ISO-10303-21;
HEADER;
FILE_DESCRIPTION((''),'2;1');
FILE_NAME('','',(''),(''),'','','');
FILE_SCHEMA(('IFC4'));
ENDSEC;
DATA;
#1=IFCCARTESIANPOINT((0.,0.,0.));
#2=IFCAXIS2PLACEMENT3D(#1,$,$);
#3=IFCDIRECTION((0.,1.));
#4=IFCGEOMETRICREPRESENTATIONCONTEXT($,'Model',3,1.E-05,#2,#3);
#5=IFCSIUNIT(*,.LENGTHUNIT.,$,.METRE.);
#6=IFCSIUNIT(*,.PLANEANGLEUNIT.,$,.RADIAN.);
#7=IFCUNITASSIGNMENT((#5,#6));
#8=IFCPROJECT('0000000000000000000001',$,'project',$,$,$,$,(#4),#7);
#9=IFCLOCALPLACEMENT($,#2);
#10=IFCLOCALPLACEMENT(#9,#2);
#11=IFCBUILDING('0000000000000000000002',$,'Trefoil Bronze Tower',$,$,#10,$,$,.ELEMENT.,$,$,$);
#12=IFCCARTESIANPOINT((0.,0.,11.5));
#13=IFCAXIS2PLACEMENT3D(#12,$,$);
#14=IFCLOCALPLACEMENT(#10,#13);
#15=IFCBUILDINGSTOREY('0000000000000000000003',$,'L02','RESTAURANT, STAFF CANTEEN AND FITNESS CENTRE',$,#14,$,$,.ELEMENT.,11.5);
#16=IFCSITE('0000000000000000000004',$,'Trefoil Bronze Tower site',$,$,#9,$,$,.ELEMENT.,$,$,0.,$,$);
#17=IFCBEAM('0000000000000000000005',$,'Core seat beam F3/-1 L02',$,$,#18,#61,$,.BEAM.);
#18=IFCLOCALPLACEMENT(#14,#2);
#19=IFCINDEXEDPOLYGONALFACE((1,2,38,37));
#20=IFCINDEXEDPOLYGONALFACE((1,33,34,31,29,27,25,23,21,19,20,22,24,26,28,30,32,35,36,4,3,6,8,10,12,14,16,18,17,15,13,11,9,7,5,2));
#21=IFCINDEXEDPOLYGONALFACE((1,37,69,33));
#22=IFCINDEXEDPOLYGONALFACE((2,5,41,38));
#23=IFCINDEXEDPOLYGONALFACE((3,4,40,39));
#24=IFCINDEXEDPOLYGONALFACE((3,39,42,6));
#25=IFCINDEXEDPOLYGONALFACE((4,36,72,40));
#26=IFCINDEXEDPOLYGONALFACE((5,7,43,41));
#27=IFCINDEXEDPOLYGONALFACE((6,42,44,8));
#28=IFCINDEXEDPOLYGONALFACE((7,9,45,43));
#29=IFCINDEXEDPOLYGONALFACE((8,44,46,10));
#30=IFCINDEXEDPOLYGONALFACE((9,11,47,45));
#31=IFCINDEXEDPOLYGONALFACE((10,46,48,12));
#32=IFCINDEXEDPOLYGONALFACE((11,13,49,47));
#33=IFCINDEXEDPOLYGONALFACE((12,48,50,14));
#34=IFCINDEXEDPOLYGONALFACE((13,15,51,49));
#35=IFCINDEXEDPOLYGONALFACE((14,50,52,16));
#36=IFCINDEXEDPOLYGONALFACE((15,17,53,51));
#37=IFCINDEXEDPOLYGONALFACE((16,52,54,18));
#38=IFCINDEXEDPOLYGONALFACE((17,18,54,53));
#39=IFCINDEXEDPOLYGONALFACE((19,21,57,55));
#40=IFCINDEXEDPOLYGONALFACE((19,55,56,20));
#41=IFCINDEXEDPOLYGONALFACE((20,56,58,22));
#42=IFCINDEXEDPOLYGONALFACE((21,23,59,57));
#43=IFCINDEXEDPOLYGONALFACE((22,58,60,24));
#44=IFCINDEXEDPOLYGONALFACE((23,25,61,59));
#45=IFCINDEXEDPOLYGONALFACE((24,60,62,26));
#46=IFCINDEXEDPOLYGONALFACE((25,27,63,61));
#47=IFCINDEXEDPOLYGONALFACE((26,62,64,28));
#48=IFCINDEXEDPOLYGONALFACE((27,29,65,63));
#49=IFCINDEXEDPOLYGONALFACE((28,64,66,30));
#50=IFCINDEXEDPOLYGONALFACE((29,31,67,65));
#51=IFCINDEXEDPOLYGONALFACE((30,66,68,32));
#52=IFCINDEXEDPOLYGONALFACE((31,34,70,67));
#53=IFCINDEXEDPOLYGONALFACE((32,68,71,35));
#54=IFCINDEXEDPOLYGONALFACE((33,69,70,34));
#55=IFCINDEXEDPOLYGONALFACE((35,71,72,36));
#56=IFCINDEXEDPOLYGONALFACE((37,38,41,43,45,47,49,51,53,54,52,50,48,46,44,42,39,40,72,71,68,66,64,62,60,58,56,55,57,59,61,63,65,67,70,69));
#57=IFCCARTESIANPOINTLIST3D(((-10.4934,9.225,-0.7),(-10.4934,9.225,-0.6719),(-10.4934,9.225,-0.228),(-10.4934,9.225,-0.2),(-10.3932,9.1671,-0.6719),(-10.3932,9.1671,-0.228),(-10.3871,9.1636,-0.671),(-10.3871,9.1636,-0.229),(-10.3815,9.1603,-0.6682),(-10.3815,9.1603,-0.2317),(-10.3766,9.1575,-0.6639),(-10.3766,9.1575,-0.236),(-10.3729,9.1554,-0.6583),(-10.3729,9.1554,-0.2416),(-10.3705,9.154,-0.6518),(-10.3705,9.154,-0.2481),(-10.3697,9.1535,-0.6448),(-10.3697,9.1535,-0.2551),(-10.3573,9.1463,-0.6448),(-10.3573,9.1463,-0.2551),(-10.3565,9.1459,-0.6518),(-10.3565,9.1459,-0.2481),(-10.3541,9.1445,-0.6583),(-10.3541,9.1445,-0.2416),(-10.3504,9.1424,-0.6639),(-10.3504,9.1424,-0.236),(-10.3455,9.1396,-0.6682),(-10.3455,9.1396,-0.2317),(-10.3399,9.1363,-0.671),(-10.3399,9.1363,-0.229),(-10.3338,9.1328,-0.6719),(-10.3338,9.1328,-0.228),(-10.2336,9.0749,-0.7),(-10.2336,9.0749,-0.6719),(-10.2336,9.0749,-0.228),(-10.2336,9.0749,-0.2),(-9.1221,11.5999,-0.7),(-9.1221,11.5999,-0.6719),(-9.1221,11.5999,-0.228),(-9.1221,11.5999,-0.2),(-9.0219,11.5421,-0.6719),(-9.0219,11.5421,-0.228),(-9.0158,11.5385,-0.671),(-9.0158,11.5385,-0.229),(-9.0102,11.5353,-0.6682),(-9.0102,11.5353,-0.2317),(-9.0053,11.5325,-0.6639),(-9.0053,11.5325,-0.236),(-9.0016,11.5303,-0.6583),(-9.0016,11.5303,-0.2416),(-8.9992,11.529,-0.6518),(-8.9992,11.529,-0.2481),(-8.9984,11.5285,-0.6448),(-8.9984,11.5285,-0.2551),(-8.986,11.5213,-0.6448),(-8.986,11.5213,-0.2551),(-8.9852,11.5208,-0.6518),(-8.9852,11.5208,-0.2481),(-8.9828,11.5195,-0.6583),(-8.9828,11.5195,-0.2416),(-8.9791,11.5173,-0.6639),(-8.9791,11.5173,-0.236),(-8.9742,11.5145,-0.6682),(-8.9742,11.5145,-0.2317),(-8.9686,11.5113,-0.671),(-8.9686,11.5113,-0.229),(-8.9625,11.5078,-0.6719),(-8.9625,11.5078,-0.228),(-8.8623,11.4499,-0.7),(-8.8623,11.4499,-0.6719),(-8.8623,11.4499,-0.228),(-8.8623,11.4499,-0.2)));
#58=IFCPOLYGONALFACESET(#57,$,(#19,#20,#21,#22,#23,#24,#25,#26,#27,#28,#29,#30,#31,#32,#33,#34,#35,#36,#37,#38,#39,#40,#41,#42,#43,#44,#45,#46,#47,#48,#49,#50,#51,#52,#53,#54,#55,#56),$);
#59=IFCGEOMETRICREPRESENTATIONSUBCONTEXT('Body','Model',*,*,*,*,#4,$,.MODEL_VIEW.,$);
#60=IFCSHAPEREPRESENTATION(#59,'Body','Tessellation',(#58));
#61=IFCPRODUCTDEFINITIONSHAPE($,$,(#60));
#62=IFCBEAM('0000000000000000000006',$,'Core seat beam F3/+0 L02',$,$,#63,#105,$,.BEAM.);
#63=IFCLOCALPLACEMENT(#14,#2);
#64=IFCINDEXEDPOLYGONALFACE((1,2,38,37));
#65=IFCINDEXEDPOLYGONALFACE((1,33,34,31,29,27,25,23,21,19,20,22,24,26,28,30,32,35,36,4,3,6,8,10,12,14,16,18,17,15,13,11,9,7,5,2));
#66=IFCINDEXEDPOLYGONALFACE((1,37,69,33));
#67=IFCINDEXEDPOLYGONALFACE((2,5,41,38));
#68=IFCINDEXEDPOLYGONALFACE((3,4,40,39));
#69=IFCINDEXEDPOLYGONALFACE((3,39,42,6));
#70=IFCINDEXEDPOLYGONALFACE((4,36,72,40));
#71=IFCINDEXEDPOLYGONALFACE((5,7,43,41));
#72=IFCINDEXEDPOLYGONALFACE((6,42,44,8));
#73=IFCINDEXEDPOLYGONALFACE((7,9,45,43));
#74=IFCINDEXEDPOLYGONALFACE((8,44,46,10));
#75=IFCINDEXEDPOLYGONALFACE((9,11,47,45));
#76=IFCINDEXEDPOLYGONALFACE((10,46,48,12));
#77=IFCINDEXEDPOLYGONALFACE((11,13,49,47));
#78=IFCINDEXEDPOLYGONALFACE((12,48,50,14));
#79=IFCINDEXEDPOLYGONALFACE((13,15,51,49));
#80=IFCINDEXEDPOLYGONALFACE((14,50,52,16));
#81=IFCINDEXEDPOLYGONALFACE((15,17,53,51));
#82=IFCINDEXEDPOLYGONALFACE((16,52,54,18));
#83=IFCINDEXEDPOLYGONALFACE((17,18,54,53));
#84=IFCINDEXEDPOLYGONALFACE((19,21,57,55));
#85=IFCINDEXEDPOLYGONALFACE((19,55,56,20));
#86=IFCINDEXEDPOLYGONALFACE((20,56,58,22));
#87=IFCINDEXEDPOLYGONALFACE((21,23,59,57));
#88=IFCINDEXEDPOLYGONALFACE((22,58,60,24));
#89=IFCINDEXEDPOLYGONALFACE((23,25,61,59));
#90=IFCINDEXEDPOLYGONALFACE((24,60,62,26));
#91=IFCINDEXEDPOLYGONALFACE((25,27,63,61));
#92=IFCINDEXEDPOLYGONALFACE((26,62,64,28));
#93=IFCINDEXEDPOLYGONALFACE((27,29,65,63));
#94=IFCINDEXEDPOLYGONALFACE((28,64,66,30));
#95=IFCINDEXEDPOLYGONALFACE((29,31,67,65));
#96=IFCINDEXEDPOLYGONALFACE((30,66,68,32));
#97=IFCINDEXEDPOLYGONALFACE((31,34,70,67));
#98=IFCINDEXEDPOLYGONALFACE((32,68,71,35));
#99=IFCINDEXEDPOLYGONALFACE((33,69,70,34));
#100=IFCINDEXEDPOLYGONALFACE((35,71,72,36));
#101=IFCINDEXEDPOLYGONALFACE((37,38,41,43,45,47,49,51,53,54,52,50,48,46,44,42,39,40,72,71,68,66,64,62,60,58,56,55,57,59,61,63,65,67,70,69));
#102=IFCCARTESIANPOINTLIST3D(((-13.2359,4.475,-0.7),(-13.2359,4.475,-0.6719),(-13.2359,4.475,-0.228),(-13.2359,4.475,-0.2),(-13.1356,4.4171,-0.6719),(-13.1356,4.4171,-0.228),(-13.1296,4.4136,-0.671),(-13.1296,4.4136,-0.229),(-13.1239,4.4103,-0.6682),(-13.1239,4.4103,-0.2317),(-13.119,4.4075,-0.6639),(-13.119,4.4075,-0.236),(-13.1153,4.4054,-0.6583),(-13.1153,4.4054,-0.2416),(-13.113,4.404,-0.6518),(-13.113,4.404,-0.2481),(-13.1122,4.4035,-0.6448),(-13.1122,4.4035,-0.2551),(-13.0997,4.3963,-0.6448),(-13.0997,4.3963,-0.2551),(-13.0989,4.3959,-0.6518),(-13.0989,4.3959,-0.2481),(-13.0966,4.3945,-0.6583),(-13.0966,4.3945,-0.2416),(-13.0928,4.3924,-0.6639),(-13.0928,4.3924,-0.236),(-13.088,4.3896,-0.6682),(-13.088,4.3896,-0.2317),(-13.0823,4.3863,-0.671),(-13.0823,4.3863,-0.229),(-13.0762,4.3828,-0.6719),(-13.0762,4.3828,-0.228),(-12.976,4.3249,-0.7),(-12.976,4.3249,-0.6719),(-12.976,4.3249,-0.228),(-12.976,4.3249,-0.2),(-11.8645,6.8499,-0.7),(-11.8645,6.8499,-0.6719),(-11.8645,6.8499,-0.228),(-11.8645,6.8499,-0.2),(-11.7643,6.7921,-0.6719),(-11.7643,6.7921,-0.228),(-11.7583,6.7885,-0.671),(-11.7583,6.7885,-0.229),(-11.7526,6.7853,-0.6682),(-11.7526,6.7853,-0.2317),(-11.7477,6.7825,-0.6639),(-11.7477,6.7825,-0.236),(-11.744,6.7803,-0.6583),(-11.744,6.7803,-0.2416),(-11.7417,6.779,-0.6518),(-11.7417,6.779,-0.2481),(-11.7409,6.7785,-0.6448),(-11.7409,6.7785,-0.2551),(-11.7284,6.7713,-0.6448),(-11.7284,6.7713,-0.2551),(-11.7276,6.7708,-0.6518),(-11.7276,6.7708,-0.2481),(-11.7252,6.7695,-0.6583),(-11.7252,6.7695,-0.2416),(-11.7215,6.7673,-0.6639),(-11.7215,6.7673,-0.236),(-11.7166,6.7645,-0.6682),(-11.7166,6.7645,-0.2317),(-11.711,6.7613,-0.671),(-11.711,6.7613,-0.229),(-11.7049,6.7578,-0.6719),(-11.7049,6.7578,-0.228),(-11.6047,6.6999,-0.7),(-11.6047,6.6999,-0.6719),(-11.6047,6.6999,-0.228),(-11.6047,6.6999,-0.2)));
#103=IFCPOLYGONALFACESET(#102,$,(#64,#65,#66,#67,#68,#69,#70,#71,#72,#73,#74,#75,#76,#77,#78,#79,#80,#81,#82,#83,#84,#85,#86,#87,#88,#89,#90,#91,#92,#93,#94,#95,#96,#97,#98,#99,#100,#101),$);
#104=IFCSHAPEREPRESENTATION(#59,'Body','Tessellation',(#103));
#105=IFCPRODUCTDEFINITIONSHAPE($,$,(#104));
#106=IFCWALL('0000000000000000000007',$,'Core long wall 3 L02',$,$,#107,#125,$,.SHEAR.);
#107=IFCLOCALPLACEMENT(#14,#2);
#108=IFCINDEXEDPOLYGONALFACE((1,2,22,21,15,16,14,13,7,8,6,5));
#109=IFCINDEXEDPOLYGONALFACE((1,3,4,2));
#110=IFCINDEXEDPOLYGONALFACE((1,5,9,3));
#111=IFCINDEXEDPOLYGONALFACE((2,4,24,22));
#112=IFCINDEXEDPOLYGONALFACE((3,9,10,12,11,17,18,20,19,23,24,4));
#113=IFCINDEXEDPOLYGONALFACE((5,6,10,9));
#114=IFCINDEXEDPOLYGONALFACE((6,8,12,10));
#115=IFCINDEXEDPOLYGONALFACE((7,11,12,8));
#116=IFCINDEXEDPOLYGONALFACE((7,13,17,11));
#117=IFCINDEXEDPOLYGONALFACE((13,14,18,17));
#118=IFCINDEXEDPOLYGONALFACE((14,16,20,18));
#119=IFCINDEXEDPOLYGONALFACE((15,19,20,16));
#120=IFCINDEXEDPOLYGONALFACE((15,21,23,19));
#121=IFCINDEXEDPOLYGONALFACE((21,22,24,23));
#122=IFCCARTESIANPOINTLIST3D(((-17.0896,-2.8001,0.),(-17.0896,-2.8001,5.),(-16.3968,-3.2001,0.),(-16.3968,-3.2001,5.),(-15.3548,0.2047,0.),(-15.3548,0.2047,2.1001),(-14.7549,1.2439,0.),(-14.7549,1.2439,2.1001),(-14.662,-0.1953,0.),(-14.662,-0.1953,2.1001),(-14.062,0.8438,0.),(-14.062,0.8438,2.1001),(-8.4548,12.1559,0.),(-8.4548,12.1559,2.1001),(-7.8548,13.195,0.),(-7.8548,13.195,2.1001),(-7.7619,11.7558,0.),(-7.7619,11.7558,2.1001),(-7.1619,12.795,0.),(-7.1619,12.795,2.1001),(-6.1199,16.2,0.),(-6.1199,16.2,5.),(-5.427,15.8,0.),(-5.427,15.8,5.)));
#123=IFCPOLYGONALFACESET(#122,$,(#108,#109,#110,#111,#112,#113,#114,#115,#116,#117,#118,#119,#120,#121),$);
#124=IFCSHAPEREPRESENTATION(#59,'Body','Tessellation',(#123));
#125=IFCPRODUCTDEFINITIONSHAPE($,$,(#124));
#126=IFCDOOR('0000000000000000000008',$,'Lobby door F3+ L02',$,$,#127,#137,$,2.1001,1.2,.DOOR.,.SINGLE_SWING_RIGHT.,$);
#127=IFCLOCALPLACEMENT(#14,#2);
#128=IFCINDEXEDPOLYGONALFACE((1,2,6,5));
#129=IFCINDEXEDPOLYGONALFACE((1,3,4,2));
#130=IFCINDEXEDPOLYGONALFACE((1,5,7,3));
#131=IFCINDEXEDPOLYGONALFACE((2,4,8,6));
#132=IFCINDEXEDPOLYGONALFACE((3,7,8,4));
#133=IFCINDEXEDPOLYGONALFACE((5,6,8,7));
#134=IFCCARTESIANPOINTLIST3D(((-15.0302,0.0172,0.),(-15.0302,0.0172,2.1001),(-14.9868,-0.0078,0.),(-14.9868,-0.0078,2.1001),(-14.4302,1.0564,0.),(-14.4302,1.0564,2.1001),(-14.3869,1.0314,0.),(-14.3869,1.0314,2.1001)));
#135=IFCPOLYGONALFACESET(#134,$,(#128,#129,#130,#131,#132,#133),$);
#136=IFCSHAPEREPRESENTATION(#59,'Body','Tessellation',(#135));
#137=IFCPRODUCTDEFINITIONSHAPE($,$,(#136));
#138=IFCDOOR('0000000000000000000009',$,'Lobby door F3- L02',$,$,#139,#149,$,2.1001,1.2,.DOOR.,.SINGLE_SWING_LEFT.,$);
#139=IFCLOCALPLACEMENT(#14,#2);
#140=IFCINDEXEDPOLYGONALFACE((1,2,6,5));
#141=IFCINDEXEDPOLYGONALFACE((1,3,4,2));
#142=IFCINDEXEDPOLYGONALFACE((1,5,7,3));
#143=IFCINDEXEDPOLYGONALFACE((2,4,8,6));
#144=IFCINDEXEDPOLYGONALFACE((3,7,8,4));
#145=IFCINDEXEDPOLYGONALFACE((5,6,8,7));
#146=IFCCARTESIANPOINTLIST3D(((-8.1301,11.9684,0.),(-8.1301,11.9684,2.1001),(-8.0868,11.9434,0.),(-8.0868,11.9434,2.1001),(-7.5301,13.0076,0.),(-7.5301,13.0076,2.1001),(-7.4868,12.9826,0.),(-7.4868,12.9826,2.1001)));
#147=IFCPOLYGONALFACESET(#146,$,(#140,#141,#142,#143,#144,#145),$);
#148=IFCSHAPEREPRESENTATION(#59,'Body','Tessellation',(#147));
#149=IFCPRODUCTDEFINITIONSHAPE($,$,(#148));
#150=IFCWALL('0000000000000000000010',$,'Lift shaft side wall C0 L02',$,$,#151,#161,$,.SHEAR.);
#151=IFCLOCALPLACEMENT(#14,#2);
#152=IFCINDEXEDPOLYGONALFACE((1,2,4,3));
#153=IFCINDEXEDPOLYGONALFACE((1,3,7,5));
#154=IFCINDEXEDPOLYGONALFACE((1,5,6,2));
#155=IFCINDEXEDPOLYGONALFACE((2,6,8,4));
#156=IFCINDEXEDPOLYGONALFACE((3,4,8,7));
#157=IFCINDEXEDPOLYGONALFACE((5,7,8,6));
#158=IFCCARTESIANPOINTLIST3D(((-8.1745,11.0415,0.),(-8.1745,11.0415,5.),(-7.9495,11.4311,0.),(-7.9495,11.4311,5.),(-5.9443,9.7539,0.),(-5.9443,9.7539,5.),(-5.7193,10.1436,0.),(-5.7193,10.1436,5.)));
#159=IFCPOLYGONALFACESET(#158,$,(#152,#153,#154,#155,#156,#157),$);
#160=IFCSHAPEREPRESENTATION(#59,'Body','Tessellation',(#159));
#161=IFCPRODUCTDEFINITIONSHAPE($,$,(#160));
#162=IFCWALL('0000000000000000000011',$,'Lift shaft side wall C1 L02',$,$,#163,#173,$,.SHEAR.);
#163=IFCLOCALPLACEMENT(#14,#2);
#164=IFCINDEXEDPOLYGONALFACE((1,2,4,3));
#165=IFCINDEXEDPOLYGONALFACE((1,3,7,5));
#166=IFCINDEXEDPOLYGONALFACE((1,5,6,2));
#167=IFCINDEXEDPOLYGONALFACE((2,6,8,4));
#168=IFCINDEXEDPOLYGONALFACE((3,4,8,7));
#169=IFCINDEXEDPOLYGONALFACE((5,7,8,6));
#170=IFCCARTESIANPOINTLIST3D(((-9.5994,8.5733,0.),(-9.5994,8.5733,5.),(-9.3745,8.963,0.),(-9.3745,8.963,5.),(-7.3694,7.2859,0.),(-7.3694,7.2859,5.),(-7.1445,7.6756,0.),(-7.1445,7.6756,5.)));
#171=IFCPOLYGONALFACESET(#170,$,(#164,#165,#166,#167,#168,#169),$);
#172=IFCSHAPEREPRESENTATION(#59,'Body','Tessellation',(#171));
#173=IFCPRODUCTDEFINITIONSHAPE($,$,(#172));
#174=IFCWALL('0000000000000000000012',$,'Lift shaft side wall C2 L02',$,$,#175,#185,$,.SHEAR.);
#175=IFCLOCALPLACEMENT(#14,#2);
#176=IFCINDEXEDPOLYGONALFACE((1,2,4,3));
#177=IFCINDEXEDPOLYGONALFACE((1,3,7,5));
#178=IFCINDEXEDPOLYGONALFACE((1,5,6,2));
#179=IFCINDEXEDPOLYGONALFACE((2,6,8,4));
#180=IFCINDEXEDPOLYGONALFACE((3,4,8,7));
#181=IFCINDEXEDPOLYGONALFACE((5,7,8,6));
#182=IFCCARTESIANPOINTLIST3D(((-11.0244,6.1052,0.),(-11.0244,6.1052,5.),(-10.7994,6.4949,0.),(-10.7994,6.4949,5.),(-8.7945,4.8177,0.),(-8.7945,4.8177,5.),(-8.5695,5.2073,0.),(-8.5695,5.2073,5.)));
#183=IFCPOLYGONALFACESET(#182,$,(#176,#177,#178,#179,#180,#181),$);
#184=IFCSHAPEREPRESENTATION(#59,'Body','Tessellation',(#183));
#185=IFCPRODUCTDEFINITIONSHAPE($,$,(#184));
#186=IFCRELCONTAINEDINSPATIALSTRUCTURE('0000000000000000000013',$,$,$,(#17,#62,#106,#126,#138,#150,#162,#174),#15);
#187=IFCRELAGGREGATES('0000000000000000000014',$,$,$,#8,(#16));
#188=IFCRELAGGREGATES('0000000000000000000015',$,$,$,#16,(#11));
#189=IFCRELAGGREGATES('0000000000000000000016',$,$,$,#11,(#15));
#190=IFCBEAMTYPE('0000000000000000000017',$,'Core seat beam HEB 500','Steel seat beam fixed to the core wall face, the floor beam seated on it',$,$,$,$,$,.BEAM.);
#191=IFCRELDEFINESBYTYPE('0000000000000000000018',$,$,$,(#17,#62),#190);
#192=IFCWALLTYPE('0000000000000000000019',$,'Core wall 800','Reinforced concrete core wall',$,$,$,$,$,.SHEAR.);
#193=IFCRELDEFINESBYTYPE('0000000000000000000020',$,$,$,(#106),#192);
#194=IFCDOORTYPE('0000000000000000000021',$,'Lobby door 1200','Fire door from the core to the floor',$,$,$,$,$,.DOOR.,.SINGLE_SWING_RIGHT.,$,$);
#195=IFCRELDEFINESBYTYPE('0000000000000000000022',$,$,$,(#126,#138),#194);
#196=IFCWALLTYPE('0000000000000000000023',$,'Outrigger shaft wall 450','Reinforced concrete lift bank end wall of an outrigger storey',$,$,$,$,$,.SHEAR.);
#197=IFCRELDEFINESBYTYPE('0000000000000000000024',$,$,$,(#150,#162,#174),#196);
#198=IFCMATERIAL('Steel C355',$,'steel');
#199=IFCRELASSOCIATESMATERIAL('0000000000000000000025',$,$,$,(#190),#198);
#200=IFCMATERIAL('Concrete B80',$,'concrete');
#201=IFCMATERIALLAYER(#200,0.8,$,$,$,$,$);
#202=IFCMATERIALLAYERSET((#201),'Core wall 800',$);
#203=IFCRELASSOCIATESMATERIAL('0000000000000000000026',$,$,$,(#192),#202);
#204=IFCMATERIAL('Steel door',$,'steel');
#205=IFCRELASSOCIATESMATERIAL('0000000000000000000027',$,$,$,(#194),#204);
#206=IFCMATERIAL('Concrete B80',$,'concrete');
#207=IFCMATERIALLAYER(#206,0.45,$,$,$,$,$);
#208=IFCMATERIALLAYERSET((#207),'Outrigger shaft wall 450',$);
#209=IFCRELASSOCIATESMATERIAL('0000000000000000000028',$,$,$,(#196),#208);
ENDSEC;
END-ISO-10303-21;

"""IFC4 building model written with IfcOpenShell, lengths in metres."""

from ifc_helpers import new_model, si_unit, direction, frame, frame_2d, origin, origin_2d, place, context, subcontext, project, spatial, rectangle, i_section, extrude, material, layer, layer_set, material_profile, profile_set, type_object, element, fill, save


model = new_model("IFC4")

# Units and contexts
model_context = context("Model", 3, precision=1e-05, world=origin(), true_north=direction((0.0, 1.0)))
body_context = subcontext(model_context, "Body", "Model", "MODEL_VIEW")
ifc_project = project(units=[si_unit("LENGTHUNIT", "METRE"), si_unit("PLANEANGLEUNIT", "RADIAN")], contexts=[model_context])

# Site, building, storey
site_placement = place(None, origin())
site = spatial("IfcSite", under=ifc_project, at=site_placement, Name="Trefoil Bronze Tower site", CompositionType="ELEMENT", RefElevation=0.0)
building_placement = place(site_placement, origin())
building = spatial("IfcBuilding", under=site, at=building_placement, Name="Trefoil Bronze Tower", CompositionType="ELEMENT")
storey_placement = place(building_placement, frame((0.0, 0.0, 11.5)))
storey = spatial("IfcBuildingStorey", under=building, at=storey_placement, Name="L02", Description="RESTAURANT, STAFF CANTEEN AND FITNESS CENTRE", CompositionType="ELEMENT", Elevation=11.5)

# Beams
ifc_material_1 = material(Name="Steel C355", Category="steel")
ifc_material_profile = material_profile(ifc_material_1, i_section(OverallWidth=0.3, OverallDepth=0.5, WebThickness=0.0144, FlangeThickness=0.0281, FilletRadius=0.0271, at=origin_2d()), Name="HEB 500")
ifc_profile_set = profile_set([ifc_material_profile], Name="Steel C355")
beam_type = type_object("IfcBeamType", Name="Core seat beam HEB 500", Description="Steel seat beam fixed to the core wall face, the floor beam seated on it", PredefinedType="BEAM", material=ifc_profile_set)
for number, where, z_axis, x_axis, name in (
    (1, (-8.9922, 11.5249, -0.45), (-0.500036, -0.866005, 0.0), (0.866005, -0.500036, 0.0), "Core seat beam F3/-1 L02"),
    (2, (-11.7346, 6.7749, -0.45), (-0.500036, -0.866005, 0.0), (0.866005, -0.500036, 0.0), "Core seat beam F3/+0 L02"),
):
    element("IfcBeam", number, at=place(storey_placement, frame(where, z_axis=z_axis, x_axis=x_axis)), inside=storey, type_object=beam_type, Name=name, PredefinedType="BEAM", context=body_context, shape_type="SweptSolid", body=[
        extrude(i_section(OverallWidth=0.3, OverallDepth=0.5, WebThickness=0.0144, FlangeThickness=0.0281, FilletRadius=0.0271, at=origin_2d()), origin(), (0.0, 0.0, 1.0), 2.7424),
    ])

# Wall, openings, doors
ifc_material_2 = material(Name="Concrete B80", Category="concrete")
ifc_layer_1 = layer(ifc_material_2, 0.8)
ifc_layer_set_1 = layer_set([ifc_layer_1], Name="Core wall 800")
wall_type_1 = type_object("IfcWallType", Name="Core wall 800", Description="Reinforced concrete core wall", PredefinedType="SHEAR", material=ifc_layer_set_1)
wall_1_placement = place(storey_placement, frame((-5.7734, 16.0, 0.0), z_axis=(0.0, 0.0, 1.0), x_axis=(-0.500002, -0.866024, 0.0)))
wall_1 = element("IfcWall", 3, at=wall_1_placement, inside=storey, type_object=wall_type_1, Name="Core long wall 3 L02", PredefinedType="SHEAR", context=body_context, shape_type="SweptSolid", body=[
    extrude(rectangle(XDim=21.9395, YDim=0.8, at=frame_2d((10.9697, 0.0))), origin(), (0.0, 0.0, 1.0), 5.0),
])
opening_1_placement = place(wall_1_placement, frame((17.2698, 0.0, 0.0)))
opening_1 = element("IfcOpeningElement", 4, at=opening_1_placement, cuts=wall_1, PredefinedType="OPENING", context=body_context, shape_type="SweptSolid", body=[
    extrude(rectangle(XDim=1.2, YDim=2.1001, at=frame_2d((0.6001, 1.05))), frame((0.0, 0.4099, 0.0), z_axis=(0.0, -1.0, 0.0), x_axis=(1.0, 0.0, 0.0)), (0.0, 0.0, 1.0), 0.8201),
])
opening_2_placement = place(wall_1_placement, frame((3.4697, 0.0, 0.0)))
opening_2 = element("IfcOpeningElement", 5, at=opening_2_placement, cuts=wall_1, PredefinedType="OPENING", context=body_context, shape_type="SweptSolid", body=[
    extrude(rectangle(XDim=1.2, YDim=2.1001, at=frame_2d((0.6001, 1.05))), frame((0.0, 0.4099, 0.0), z_axis=(0.0, -1.0, 0.0), x_axis=(1.0, 0.0, 0.0)), (0.0, 0.0, 1.0), 0.8201),
])
ifc_material_3 = material(Name="Steel door", Category="steel")
door_type_1 = type_object("IfcDoorType", Name="Lobby door 1200", Description="Fire door from the core to the floor", OperationType="SINGLE_SWING_RIGHT", PredefinedType="DOOR", material=ifc_material_3)
door_1_placement = place(opening_1_placement, origin())
door_1 = element("IfcDoor", 6, at=door_1_placement, inside=storey, type_object=door_type_1, Name="Lobby door F3+ L02", OperationType="SINGLE_SWING_RIGHT", OverallHeight=2.1001, OverallWidth=1.2, PredefinedType="DOOR", context=body_context, shape_type="SweptSolid", body=[
    extrude(rectangle(XDim=1.2, YDim=2.1001, at=frame_2d((0.6001, 1.05))), frame((0.0, 0.0249, 0.0), z_axis=(0.0, -1.0, 0.0), x_axis=(1.0, 0.0, 0.0)), (0.0, 0.0, 1.0), 0.05),
])
fill(opening_1, door_1)
door_2_placement = place(opening_2_placement, origin())
door_2 = element("IfcDoor", 7, at=door_2_placement, inside=storey, type_object=door_type_1, Name="Lobby door F3- L02", OperationType="SINGLE_SWING_LEFT", OverallHeight=2.1001, OverallWidth=1.2, PredefinedType="DOOR", context=body_context, shape_type="SweptSolid", body=[
    extrude(rectangle(XDim=1.2, YDim=2.1001, at=frame_2d((0.6001, 1.05))), frame((0.0, 0.0249, 0.0), z_axis=(0.0, -1.0, 0.0), x_axis=(1.0, 0.0, 0.0)), (0.0, 0.0, 1.0), 0.05),
])
fill(opening_2, door_2)

# Walls
ifc_material_4 = material(Name="Concrete B80", Category="concrete")
ifc_layer_2 = layer(ifc_material_4, 0.45)
ifc_layer_set_2 = layer_set([ifc_layer_2], Name="Outrigger shaft wall 450")
wall_type_2 = type_object("IfcWallType", Name="Outrigger shaft wall 450", Description="Reinforced concrete lift bank end wall of an outrigger storey", PredefinedType="SHEAR", material=ifc_layer_set_2)
wall_2_placement = place(storey_placement, frame((-5.8318, 9.9487, 0.0), z_axis=(0.0, 0.0, 1.0), x_axis=(-0.866029, 0.499993, 0.0)))
element("IfcWall", 8, at=wall_2_placement, inside=storey, type_object=wall_type_2, Name="Lift shaft side wall C0 L02", PredefinedType="SHEAR", context=body_context, shape_type="SweptSolid", body=[
    extrude(rectangle(XDim=2.5752, YDim=0.45, at=frame_2d((1.2876, 0.0))), origin(), (0.0, 0.0, 1.0), 5.0),
])
for number, where, z_axis, x_axis, name in (
    (9, (-7.2568, 7.4807, 0.0), (0.0, 0.0, 1.0), (-0.866047, 0.499963, 0.0), "Lift shaft side wall C1 L02"),
    (10, (-8.6819, 5.0125, 0.0), (0.0, 0.0, 1.0), (-0.866006, 0.500034, 0.0), "Lift shaft side wall C2 L02"),
):
    element("IfcWall", number, at=place(storey_placement, frame(where, z_axis=z_axis, x_axis=x_axis)), inside=storey, type_object=wall_type_2, Name=name, PredefinedType="SHEAR", context=body_context, shape_type="SweptSolid", body=[
        extrude(rectangle(XDim=2.575, YDim=0.45, at=frame_2d((1.2876, 0.0))), origin(), (0.0, 0.0, 1.0), 5.0),
    ])

save(model, "model.ifc")
